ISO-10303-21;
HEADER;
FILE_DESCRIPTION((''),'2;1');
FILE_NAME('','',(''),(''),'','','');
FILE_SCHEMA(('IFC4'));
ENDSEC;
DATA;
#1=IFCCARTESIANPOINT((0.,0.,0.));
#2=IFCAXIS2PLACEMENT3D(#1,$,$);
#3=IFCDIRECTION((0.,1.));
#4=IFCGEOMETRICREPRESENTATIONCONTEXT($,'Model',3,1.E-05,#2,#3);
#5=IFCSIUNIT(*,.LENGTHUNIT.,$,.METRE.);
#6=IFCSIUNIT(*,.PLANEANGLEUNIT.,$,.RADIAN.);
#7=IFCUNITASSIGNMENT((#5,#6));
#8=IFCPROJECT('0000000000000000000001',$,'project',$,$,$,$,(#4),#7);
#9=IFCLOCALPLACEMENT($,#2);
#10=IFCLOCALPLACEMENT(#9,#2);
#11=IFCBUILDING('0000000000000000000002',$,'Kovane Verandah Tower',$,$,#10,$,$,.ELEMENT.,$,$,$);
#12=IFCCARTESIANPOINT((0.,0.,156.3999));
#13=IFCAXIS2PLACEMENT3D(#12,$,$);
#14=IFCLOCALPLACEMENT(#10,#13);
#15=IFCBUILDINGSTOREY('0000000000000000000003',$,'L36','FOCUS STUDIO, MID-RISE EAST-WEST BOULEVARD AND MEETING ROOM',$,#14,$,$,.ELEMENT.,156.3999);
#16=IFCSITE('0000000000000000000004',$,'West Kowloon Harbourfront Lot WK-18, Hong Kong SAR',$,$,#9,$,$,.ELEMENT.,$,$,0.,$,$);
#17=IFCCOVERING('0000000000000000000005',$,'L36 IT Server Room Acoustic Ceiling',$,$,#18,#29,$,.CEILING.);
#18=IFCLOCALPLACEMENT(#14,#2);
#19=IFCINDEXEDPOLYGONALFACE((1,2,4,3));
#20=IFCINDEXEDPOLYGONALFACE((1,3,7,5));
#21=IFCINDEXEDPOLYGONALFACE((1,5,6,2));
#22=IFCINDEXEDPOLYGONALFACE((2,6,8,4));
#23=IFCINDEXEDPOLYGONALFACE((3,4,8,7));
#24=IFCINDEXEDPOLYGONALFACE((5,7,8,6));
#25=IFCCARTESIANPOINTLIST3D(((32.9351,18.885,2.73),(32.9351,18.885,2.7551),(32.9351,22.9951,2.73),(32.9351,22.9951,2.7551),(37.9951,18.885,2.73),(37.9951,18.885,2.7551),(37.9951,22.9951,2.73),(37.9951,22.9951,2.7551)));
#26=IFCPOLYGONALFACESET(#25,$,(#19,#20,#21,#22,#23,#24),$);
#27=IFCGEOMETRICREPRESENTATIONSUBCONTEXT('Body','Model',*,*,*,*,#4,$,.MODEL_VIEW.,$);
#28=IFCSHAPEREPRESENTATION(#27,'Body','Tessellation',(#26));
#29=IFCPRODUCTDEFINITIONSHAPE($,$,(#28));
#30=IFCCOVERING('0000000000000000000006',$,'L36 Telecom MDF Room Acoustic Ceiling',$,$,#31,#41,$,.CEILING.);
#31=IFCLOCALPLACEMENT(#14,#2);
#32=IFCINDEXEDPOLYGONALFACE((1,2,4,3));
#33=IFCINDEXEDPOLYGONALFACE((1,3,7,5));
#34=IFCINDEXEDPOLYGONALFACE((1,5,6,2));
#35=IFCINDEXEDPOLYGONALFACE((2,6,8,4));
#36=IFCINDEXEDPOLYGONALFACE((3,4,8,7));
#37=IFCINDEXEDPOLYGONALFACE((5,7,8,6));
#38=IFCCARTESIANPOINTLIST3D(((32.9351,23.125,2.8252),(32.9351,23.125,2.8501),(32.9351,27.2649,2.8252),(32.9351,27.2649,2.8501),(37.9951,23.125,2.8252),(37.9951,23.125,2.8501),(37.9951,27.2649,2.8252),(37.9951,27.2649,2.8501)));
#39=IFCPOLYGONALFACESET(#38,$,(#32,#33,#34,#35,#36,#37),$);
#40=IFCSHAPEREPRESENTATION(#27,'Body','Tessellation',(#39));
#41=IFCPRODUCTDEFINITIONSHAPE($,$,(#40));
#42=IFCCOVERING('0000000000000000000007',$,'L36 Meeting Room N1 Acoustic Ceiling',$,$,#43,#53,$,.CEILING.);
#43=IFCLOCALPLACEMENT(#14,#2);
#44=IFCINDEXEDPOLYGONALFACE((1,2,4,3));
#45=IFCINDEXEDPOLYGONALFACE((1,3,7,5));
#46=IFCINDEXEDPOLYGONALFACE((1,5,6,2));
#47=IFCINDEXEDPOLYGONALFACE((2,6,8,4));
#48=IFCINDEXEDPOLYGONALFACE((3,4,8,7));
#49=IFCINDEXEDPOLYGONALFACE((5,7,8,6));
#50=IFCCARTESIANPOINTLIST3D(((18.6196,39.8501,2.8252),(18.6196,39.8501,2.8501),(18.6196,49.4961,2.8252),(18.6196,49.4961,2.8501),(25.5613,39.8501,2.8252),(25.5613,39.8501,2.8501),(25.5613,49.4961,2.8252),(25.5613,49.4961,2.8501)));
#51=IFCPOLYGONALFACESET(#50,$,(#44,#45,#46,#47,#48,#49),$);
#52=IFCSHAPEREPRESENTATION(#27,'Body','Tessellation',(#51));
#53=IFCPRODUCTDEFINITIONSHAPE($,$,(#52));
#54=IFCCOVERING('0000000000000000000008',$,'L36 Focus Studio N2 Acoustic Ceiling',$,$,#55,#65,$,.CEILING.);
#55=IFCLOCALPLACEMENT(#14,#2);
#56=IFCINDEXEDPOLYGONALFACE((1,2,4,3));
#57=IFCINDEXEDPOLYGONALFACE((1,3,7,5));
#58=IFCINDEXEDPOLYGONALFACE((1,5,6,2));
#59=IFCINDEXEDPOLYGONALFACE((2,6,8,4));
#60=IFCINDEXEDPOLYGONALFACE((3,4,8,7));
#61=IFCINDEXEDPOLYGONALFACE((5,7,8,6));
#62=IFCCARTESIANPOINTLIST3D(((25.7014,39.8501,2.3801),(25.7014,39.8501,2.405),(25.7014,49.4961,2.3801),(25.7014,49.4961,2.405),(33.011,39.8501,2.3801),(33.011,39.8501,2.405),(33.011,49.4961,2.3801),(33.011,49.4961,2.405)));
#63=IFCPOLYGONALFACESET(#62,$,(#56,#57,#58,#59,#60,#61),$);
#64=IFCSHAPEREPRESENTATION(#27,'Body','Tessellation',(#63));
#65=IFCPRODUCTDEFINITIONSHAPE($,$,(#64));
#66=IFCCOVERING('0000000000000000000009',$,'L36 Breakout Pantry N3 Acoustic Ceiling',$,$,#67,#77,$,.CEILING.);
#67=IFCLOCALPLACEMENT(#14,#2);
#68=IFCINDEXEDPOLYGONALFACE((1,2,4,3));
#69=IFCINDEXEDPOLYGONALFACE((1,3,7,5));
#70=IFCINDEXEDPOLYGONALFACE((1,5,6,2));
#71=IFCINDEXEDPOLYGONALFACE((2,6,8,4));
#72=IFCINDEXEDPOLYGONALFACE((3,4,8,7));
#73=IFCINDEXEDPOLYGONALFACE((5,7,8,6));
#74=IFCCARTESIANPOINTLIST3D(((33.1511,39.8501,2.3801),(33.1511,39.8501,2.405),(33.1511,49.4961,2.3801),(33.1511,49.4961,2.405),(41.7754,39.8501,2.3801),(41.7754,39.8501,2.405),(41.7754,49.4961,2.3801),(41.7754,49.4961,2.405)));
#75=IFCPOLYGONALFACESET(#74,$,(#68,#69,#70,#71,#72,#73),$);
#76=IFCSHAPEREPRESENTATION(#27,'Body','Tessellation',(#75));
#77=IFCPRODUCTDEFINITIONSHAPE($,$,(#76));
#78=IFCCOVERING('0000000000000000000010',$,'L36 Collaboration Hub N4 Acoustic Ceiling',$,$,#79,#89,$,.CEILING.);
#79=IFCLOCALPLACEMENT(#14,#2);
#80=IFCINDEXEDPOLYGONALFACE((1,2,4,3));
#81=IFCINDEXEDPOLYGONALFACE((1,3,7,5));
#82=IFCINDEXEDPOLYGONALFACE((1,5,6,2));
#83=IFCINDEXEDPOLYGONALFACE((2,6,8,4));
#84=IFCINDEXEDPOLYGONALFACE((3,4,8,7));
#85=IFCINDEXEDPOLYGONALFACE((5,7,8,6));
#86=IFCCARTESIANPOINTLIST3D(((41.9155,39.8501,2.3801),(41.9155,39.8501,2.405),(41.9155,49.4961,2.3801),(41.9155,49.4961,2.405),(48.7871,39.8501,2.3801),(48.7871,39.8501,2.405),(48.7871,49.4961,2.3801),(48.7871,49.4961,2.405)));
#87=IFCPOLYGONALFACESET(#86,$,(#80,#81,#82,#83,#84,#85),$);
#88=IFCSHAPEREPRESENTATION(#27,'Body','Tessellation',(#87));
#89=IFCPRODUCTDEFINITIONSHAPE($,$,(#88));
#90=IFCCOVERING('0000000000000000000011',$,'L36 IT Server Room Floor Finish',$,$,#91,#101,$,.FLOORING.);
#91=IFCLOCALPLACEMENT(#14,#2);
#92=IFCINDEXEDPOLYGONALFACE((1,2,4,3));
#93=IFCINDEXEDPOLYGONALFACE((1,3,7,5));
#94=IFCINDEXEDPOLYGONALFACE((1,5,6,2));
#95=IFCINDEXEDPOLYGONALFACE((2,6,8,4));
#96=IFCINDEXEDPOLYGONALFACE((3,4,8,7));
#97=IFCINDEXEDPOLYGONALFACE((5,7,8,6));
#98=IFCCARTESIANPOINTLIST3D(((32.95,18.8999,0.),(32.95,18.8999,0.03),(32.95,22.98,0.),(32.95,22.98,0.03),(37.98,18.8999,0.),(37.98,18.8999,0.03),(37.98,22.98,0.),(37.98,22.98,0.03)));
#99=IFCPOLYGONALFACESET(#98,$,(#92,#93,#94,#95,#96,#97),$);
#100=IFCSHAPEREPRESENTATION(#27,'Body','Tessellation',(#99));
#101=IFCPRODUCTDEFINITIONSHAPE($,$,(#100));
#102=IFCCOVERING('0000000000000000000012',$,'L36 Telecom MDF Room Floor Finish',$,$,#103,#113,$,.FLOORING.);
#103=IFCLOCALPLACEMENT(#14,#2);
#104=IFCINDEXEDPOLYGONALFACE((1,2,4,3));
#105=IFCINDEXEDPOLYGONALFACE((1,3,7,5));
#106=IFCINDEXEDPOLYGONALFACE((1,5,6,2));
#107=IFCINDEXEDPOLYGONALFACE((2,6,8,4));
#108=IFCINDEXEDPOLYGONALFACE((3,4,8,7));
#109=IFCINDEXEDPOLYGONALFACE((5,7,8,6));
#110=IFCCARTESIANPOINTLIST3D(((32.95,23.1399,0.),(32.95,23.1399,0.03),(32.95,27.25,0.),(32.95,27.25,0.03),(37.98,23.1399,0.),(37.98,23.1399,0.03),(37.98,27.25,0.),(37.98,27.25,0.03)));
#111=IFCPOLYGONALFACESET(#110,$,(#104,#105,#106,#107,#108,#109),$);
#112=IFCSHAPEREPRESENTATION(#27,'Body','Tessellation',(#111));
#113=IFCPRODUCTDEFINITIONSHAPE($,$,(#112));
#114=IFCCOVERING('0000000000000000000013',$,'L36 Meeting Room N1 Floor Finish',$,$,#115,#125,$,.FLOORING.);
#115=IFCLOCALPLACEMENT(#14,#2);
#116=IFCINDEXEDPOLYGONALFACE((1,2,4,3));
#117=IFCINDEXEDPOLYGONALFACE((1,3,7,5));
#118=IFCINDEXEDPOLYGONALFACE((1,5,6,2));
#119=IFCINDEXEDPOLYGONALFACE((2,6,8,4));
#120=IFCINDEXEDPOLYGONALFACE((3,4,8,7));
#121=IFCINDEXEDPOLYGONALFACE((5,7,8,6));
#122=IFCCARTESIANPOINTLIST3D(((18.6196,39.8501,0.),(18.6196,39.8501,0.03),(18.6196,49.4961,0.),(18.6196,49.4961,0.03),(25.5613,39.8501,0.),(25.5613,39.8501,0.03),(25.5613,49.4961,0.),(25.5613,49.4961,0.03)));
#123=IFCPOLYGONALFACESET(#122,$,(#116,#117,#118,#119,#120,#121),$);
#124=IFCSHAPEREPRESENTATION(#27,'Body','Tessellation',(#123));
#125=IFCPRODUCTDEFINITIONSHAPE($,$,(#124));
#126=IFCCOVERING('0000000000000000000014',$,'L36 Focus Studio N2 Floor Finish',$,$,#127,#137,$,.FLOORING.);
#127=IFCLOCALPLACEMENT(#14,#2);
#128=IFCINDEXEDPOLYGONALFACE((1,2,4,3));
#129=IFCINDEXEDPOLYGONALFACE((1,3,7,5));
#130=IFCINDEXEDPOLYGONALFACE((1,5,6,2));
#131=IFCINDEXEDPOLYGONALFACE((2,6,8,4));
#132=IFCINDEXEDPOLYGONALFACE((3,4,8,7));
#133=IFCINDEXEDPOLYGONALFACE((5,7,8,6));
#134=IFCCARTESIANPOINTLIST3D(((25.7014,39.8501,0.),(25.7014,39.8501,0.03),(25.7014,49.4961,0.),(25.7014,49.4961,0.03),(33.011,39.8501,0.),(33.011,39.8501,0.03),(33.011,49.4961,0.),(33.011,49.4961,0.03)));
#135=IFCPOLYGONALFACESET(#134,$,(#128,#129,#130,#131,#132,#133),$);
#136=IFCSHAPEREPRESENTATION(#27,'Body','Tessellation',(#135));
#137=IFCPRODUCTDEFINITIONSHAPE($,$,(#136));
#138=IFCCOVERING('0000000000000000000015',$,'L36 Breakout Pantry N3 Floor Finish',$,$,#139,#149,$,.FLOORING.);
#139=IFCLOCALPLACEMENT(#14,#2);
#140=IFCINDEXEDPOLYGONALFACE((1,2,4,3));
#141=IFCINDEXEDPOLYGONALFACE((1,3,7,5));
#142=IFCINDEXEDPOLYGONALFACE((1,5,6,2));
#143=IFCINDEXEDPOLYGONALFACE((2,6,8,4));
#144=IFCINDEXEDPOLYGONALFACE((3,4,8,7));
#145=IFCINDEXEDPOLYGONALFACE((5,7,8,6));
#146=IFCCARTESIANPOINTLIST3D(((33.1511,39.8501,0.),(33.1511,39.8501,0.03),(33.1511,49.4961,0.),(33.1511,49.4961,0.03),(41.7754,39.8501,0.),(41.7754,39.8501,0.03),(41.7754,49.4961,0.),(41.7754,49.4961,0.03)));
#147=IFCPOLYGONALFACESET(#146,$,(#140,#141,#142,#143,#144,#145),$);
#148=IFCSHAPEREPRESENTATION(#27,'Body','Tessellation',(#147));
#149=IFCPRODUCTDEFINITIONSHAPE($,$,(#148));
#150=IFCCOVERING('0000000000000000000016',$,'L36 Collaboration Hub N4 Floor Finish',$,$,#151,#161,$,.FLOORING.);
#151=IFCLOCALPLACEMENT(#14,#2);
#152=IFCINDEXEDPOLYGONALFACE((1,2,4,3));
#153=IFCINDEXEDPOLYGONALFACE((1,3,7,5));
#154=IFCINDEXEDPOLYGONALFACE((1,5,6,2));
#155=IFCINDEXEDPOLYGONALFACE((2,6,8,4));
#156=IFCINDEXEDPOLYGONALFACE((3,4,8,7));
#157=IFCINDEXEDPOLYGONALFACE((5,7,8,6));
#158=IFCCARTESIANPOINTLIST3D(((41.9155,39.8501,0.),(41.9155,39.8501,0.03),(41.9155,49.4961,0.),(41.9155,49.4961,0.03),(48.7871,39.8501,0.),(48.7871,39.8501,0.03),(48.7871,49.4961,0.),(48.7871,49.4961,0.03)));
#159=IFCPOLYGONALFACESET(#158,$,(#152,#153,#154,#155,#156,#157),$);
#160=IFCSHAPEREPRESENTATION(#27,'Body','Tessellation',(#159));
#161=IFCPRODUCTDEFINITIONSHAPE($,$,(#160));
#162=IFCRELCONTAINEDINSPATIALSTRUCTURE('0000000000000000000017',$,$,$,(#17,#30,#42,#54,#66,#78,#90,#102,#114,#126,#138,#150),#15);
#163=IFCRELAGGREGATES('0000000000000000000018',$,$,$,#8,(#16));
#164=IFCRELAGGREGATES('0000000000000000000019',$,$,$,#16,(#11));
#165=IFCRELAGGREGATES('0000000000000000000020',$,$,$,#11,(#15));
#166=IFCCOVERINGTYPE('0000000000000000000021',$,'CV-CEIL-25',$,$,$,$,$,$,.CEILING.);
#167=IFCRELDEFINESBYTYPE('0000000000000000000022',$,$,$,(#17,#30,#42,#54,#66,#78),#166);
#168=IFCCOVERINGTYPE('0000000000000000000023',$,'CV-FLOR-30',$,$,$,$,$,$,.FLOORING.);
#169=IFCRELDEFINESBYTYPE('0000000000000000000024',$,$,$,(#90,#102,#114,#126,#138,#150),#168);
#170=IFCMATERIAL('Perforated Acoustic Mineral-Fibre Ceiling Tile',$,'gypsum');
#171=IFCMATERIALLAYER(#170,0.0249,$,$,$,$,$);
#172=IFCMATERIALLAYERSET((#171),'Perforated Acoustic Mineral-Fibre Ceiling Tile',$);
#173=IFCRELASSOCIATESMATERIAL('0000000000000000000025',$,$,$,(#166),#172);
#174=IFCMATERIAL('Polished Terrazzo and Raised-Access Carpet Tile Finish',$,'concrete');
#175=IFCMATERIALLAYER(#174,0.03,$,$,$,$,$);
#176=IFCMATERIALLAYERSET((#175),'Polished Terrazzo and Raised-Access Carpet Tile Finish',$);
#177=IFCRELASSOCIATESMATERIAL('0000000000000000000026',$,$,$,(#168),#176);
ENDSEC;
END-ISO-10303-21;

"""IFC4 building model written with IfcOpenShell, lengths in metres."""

from ifc_helpers import new_model, si_unit, direction, frame, origin, place, context, subcontext, project, spatial, polyline, outline, extrude, material, layer, layer_set, type_object, element, save


model = new_model("IFC4")

# Units and contexts
model_context = context("Model", 3, precision=1e-05, world=origin(), true_north=direction((0.0, 1.0)))
body_context = subcontext(model_context, "Body", "Model", "MODEL_VIEW")
ifc_project = project(units=[si_unit("LENGTHUNIT", "METRE"), si_unit("PLANEANGLEUNIT", "RADIAN")], contexts=[model_context])

# Site, building, storey
site_placement = place(None, origin())
site = spatial("IfcSite", under=ifc_project, at=site_placement, Name="West Kowloon Harbourfront Lot WK-18, Hong Kong SAR", CompositionType="ELEMENT", RefElevation=0.0)
building_placement = place(site_placement, origin())
building = spatial("IfcBuilding", under=site, at=building_placement, Name="Kovane Verandah Tower", CompositionType="ELEMENT")
storey_placement = place(building_placement, frame((0.0, 0.0, 156.3999)))
storey = spatial("IfcBuildingStorey", under=building, at=storey_placement, Name="L36", Description="FOCUS STUDIO, MID-RISE EAST-WEST BOULEVARD AND MEETING ROOM", CompositionType="ELEMENT", Elevation=156.3999)

# Coverings
ifc_material_1 = material(Name="Perforated Acoustic Mineral-Fibre Ceiling Tile", Category="gypsum")
ifc_layer_1 = layer(ifc_material_1, 0.0249)
ifc_layer_set_1 = layer_set([ifc_layer_1], Name="Perforated Acoustic Mineral-Fibre Ceiling Tile")
covering_type_1 = type_object("IfcCoveringType", Name="CV-CEIL-25", PredefinedType="CEILING", material=ifc_layer_set_1)
covering_1_placement = place(storey_placement, frame((0.0, 0.0, 2.73)))
element("IfcCovering", 1, at=covering_1_placement, inside=storey, type_object=covering_type_1, Name="L36 IT Server Room Acoustic Ceiling", PredefinedType="CEILING", context=body_context, shape_type="SweptSolid", body=[
    extrude(outline(polyline([(32.9351, 18.885), (37.9951, 18.885), (37.9951, 22.9951), (32.9351, 22.9951), (32.9351, 18.885)])), origin(), (0.0, 0.0, 1.0), 0.0251),
])
covering_2_placement = place(storey_placement, frame((0.0, 0.0, 2.8252)))
element("IfcCovering", 2, at=covering_2_placement, inside=storey, type_object=covering_type_1, Name="L36 Telecom MDF Room Acoustic Ceiling", PredefinedType="CEILING", context=body_context, shape_type="SweptSolid", body=[
    extrude(outline(polyline([(32.9351, 23.125), (37.9951, 23.125), (37.9951, 27.2649), (32.9351, 27.2649), (32.9351, 23.125)])), origin(), (0.0, 0.0, 1.0), 0.0249),
])
covering_3_placement = place(storey_placement, frame((0.0, 0.0, 2.8252)))
element("IfcCovering", 3, at=covering_3_placement, inside=storey, type_object=covering_type_1, Name="L36 Meeting Room N1 Acoustic Ceiling", PredefinedType="CEILING", context=body_context, shape_type="SweptSolid", body=[
    extrude(outline(polyline([(18.6196, 39.8501), (25.5613, 39.8501), (25.5613, 49.4961), (18.6196, 49.4961), (18.6196, 39.8501)])), origin(), (0.0, 0.0, 1.0), 0.0249),
])
covering_4_placement = place(storey_placement, frame((0.0, 0.0, 2.3801)))
element("IfcCovering", 4, at=covering_4_placement, inside=storey, type_object=covering_type_1, Name="L36 Focus Studio N2 Acoustic Ceiling", PredefinedType="CEILING", context=body_context, shape_type="SweptSolid", body=[
    extrude(outline(polyline([(25.7014, 39.8501), (33.011, 39.8501), (33.011, 49.4961), (25.7014, 49.4961), (25.7014, 39.8501)])), origin(), (0.0, 0.0, 1.0), 0.0249),
])
covering_5_placement = place(storey_placement, frame((0.0, 0.0, 2.3801)))
element("IfcCovering", 5, at=covering_5_placement, inside=storey, type_object=covering_type_1, Name="L36 Breakout Pantry N3 Acoustic Ceiling", PredefinedType="CEILING", context=body_context, shape_type="SweptSolid", body=[
    extrude(outline(polyline([(33.1511, 39.8501), (41.7754, 39.8501), (41.7754, 49.4961), (33.1511, 49.4961), (33.1511, 39.8501)])), origin(), (0.0, 0.0, 1.0), 0.0249),
])
covering_6_placement = place(storey_placement, frame((0.0, 0.0, 2.3801)))
element("IfcCovering", 6, at=covering_6_placement, inside=storey, type_object=covering_type_1, Name="L36 Collaboration Hub N4 Acoustic Ceiling", PredefinedType="CEILING", context=body_context, shape_type="SweptSolid", body=[
    extrude(outline(polyline([(41.9155, 39.8501), (48.7871, 39.8501), (48.7871, 49.4961), (41.9155, 49.4961), (41.9155, 39.8501)])), origin(), (0.0, 0.0, 1.0), 0.0249),
])
ifc_material_2 = material(Name="Polished Terrazzo and Raised-Access Carpet Tile Finish", Category="concrete")
ifc_layer_2 = layer(ifc_material_2, 0.03)
ifc_layer_set_2 = layer_set([ifc_layer_2], Name="Polished Terrazzo and Raised-Access Carpet Tile Finish")
covering_type_2 = type_object("IfcCoveringType", Name="CV-FLOR-30", PredefinedType="FLOORING", material=ifc_layer_set_2)
covering_7_placement = place(storey_placement, origin())
element("IfcCovering", 7, at=covering_7_placement, inside=storey, type_object=covering_type_2, Name="L36 IT Server Room Floor Finish", PredefinedType="FLOORING", context=body_context, shape_type="SweptSolid", body=[
    extrude(outline(polyline([(32.95, 18.8999), (37.98, 18.8999), (37.98, 22.98), (32.95, 22.98), (32.95, 18.8999)])), origin(), (0.0, 0.0, 1.0), 0.03),
])
covering_8_placement = place(storey_placement, origin())
element("IfcCovering", 8, at=covering_8_placement, inside=storey, type_object=covering_type_2, Name="L36 Telecom MDF Room Floor Finish", PredefinedType="FLOORING", context=body_context, shape_type="SweptSolid", body=[
    extrude(outline(polyline([(32.95, 23.1399), (37.98, 23.1399), (37.98, 27.25), (32.95, 27.25), (32.95, 23.1399)])), origin(), (0.0, 0.0, 1.0), 0.03),
])
covering_9_placement = place(storey_placement, origin())
element("IfcCovering", 9, at=covering_9_placement, inside=storey, type_object=covering_type_2, Name="L36 Meeting Room N1 Floor Finish", PredefinedType="FLOORING", context=body_context, shape_type="SweptSolid", body=[
    extrude(outline(polyline([(18.6196, 39.8501), (25.5613, 39.8501), (25.5613, 49.4961), (18.6196, 49.4961), (18.6196, 39.8501)])), origin(), (0.0, 0.0, 1.0), 0.03),
])
covering_10_placement = place(storey_placement, origin())
element("IfcCovering", 10, at=covering_10_placement, inside=storey, type_object=covering_type_2, Name="L36 Focus Studio N2 Floor Finish", PredefinedType="FLOORING", context=body_context, shape_type="SweptSolid", body=[
    extrude(outline(polyline([(25.7014, 39.8501), (33.011, 39.8501), (33.011, 49.4961), (25.7014, 49.4961), (25.7014, 39.8501)])), origin(), (0.0, 0.0, 1.0), 0.03),
])
covering_11_placement = place(storey_placement, origin())
element("IfcCovering", 11, at=covering_11_placement, inside=storey, type_object=covering_type_2, Name="L36 Breakout Pantry N3 Floor Finish", PredefinedType="FLOORING", context=body_context, shape_type="SweptSolid", body=[
    extrude(outline(polyline([(33.1511, 39.8501), (41.7754, 39.8501), (41.7754, 49.4961), (33.1511, 49.4961), (33.1511, 39.8501)])), origin(), (0.0, 0.0, 1.0), 0.03),
])
covering_12_placement = place(storey_placement, origin())
element("IfcCovering", 12, at=covering_12_placement, inside=storey, type_object=covering_type_2, Name="L36 Collaboration Hub N4 Floor Finish", PredefinedType="FLOORING", context=body_context, shape_type="SweptSolid", body=[
    extrude(outline(polyline([(41.9155, 39.8501), (48.7871, 39.8501), (48.7871, 49.4961), (41.9155, 49.4961), (41.9155, 39.8501)])), origin(), (0.0, 0.0, 1.0), 0.03),
])

save(model, "model.ifc")
